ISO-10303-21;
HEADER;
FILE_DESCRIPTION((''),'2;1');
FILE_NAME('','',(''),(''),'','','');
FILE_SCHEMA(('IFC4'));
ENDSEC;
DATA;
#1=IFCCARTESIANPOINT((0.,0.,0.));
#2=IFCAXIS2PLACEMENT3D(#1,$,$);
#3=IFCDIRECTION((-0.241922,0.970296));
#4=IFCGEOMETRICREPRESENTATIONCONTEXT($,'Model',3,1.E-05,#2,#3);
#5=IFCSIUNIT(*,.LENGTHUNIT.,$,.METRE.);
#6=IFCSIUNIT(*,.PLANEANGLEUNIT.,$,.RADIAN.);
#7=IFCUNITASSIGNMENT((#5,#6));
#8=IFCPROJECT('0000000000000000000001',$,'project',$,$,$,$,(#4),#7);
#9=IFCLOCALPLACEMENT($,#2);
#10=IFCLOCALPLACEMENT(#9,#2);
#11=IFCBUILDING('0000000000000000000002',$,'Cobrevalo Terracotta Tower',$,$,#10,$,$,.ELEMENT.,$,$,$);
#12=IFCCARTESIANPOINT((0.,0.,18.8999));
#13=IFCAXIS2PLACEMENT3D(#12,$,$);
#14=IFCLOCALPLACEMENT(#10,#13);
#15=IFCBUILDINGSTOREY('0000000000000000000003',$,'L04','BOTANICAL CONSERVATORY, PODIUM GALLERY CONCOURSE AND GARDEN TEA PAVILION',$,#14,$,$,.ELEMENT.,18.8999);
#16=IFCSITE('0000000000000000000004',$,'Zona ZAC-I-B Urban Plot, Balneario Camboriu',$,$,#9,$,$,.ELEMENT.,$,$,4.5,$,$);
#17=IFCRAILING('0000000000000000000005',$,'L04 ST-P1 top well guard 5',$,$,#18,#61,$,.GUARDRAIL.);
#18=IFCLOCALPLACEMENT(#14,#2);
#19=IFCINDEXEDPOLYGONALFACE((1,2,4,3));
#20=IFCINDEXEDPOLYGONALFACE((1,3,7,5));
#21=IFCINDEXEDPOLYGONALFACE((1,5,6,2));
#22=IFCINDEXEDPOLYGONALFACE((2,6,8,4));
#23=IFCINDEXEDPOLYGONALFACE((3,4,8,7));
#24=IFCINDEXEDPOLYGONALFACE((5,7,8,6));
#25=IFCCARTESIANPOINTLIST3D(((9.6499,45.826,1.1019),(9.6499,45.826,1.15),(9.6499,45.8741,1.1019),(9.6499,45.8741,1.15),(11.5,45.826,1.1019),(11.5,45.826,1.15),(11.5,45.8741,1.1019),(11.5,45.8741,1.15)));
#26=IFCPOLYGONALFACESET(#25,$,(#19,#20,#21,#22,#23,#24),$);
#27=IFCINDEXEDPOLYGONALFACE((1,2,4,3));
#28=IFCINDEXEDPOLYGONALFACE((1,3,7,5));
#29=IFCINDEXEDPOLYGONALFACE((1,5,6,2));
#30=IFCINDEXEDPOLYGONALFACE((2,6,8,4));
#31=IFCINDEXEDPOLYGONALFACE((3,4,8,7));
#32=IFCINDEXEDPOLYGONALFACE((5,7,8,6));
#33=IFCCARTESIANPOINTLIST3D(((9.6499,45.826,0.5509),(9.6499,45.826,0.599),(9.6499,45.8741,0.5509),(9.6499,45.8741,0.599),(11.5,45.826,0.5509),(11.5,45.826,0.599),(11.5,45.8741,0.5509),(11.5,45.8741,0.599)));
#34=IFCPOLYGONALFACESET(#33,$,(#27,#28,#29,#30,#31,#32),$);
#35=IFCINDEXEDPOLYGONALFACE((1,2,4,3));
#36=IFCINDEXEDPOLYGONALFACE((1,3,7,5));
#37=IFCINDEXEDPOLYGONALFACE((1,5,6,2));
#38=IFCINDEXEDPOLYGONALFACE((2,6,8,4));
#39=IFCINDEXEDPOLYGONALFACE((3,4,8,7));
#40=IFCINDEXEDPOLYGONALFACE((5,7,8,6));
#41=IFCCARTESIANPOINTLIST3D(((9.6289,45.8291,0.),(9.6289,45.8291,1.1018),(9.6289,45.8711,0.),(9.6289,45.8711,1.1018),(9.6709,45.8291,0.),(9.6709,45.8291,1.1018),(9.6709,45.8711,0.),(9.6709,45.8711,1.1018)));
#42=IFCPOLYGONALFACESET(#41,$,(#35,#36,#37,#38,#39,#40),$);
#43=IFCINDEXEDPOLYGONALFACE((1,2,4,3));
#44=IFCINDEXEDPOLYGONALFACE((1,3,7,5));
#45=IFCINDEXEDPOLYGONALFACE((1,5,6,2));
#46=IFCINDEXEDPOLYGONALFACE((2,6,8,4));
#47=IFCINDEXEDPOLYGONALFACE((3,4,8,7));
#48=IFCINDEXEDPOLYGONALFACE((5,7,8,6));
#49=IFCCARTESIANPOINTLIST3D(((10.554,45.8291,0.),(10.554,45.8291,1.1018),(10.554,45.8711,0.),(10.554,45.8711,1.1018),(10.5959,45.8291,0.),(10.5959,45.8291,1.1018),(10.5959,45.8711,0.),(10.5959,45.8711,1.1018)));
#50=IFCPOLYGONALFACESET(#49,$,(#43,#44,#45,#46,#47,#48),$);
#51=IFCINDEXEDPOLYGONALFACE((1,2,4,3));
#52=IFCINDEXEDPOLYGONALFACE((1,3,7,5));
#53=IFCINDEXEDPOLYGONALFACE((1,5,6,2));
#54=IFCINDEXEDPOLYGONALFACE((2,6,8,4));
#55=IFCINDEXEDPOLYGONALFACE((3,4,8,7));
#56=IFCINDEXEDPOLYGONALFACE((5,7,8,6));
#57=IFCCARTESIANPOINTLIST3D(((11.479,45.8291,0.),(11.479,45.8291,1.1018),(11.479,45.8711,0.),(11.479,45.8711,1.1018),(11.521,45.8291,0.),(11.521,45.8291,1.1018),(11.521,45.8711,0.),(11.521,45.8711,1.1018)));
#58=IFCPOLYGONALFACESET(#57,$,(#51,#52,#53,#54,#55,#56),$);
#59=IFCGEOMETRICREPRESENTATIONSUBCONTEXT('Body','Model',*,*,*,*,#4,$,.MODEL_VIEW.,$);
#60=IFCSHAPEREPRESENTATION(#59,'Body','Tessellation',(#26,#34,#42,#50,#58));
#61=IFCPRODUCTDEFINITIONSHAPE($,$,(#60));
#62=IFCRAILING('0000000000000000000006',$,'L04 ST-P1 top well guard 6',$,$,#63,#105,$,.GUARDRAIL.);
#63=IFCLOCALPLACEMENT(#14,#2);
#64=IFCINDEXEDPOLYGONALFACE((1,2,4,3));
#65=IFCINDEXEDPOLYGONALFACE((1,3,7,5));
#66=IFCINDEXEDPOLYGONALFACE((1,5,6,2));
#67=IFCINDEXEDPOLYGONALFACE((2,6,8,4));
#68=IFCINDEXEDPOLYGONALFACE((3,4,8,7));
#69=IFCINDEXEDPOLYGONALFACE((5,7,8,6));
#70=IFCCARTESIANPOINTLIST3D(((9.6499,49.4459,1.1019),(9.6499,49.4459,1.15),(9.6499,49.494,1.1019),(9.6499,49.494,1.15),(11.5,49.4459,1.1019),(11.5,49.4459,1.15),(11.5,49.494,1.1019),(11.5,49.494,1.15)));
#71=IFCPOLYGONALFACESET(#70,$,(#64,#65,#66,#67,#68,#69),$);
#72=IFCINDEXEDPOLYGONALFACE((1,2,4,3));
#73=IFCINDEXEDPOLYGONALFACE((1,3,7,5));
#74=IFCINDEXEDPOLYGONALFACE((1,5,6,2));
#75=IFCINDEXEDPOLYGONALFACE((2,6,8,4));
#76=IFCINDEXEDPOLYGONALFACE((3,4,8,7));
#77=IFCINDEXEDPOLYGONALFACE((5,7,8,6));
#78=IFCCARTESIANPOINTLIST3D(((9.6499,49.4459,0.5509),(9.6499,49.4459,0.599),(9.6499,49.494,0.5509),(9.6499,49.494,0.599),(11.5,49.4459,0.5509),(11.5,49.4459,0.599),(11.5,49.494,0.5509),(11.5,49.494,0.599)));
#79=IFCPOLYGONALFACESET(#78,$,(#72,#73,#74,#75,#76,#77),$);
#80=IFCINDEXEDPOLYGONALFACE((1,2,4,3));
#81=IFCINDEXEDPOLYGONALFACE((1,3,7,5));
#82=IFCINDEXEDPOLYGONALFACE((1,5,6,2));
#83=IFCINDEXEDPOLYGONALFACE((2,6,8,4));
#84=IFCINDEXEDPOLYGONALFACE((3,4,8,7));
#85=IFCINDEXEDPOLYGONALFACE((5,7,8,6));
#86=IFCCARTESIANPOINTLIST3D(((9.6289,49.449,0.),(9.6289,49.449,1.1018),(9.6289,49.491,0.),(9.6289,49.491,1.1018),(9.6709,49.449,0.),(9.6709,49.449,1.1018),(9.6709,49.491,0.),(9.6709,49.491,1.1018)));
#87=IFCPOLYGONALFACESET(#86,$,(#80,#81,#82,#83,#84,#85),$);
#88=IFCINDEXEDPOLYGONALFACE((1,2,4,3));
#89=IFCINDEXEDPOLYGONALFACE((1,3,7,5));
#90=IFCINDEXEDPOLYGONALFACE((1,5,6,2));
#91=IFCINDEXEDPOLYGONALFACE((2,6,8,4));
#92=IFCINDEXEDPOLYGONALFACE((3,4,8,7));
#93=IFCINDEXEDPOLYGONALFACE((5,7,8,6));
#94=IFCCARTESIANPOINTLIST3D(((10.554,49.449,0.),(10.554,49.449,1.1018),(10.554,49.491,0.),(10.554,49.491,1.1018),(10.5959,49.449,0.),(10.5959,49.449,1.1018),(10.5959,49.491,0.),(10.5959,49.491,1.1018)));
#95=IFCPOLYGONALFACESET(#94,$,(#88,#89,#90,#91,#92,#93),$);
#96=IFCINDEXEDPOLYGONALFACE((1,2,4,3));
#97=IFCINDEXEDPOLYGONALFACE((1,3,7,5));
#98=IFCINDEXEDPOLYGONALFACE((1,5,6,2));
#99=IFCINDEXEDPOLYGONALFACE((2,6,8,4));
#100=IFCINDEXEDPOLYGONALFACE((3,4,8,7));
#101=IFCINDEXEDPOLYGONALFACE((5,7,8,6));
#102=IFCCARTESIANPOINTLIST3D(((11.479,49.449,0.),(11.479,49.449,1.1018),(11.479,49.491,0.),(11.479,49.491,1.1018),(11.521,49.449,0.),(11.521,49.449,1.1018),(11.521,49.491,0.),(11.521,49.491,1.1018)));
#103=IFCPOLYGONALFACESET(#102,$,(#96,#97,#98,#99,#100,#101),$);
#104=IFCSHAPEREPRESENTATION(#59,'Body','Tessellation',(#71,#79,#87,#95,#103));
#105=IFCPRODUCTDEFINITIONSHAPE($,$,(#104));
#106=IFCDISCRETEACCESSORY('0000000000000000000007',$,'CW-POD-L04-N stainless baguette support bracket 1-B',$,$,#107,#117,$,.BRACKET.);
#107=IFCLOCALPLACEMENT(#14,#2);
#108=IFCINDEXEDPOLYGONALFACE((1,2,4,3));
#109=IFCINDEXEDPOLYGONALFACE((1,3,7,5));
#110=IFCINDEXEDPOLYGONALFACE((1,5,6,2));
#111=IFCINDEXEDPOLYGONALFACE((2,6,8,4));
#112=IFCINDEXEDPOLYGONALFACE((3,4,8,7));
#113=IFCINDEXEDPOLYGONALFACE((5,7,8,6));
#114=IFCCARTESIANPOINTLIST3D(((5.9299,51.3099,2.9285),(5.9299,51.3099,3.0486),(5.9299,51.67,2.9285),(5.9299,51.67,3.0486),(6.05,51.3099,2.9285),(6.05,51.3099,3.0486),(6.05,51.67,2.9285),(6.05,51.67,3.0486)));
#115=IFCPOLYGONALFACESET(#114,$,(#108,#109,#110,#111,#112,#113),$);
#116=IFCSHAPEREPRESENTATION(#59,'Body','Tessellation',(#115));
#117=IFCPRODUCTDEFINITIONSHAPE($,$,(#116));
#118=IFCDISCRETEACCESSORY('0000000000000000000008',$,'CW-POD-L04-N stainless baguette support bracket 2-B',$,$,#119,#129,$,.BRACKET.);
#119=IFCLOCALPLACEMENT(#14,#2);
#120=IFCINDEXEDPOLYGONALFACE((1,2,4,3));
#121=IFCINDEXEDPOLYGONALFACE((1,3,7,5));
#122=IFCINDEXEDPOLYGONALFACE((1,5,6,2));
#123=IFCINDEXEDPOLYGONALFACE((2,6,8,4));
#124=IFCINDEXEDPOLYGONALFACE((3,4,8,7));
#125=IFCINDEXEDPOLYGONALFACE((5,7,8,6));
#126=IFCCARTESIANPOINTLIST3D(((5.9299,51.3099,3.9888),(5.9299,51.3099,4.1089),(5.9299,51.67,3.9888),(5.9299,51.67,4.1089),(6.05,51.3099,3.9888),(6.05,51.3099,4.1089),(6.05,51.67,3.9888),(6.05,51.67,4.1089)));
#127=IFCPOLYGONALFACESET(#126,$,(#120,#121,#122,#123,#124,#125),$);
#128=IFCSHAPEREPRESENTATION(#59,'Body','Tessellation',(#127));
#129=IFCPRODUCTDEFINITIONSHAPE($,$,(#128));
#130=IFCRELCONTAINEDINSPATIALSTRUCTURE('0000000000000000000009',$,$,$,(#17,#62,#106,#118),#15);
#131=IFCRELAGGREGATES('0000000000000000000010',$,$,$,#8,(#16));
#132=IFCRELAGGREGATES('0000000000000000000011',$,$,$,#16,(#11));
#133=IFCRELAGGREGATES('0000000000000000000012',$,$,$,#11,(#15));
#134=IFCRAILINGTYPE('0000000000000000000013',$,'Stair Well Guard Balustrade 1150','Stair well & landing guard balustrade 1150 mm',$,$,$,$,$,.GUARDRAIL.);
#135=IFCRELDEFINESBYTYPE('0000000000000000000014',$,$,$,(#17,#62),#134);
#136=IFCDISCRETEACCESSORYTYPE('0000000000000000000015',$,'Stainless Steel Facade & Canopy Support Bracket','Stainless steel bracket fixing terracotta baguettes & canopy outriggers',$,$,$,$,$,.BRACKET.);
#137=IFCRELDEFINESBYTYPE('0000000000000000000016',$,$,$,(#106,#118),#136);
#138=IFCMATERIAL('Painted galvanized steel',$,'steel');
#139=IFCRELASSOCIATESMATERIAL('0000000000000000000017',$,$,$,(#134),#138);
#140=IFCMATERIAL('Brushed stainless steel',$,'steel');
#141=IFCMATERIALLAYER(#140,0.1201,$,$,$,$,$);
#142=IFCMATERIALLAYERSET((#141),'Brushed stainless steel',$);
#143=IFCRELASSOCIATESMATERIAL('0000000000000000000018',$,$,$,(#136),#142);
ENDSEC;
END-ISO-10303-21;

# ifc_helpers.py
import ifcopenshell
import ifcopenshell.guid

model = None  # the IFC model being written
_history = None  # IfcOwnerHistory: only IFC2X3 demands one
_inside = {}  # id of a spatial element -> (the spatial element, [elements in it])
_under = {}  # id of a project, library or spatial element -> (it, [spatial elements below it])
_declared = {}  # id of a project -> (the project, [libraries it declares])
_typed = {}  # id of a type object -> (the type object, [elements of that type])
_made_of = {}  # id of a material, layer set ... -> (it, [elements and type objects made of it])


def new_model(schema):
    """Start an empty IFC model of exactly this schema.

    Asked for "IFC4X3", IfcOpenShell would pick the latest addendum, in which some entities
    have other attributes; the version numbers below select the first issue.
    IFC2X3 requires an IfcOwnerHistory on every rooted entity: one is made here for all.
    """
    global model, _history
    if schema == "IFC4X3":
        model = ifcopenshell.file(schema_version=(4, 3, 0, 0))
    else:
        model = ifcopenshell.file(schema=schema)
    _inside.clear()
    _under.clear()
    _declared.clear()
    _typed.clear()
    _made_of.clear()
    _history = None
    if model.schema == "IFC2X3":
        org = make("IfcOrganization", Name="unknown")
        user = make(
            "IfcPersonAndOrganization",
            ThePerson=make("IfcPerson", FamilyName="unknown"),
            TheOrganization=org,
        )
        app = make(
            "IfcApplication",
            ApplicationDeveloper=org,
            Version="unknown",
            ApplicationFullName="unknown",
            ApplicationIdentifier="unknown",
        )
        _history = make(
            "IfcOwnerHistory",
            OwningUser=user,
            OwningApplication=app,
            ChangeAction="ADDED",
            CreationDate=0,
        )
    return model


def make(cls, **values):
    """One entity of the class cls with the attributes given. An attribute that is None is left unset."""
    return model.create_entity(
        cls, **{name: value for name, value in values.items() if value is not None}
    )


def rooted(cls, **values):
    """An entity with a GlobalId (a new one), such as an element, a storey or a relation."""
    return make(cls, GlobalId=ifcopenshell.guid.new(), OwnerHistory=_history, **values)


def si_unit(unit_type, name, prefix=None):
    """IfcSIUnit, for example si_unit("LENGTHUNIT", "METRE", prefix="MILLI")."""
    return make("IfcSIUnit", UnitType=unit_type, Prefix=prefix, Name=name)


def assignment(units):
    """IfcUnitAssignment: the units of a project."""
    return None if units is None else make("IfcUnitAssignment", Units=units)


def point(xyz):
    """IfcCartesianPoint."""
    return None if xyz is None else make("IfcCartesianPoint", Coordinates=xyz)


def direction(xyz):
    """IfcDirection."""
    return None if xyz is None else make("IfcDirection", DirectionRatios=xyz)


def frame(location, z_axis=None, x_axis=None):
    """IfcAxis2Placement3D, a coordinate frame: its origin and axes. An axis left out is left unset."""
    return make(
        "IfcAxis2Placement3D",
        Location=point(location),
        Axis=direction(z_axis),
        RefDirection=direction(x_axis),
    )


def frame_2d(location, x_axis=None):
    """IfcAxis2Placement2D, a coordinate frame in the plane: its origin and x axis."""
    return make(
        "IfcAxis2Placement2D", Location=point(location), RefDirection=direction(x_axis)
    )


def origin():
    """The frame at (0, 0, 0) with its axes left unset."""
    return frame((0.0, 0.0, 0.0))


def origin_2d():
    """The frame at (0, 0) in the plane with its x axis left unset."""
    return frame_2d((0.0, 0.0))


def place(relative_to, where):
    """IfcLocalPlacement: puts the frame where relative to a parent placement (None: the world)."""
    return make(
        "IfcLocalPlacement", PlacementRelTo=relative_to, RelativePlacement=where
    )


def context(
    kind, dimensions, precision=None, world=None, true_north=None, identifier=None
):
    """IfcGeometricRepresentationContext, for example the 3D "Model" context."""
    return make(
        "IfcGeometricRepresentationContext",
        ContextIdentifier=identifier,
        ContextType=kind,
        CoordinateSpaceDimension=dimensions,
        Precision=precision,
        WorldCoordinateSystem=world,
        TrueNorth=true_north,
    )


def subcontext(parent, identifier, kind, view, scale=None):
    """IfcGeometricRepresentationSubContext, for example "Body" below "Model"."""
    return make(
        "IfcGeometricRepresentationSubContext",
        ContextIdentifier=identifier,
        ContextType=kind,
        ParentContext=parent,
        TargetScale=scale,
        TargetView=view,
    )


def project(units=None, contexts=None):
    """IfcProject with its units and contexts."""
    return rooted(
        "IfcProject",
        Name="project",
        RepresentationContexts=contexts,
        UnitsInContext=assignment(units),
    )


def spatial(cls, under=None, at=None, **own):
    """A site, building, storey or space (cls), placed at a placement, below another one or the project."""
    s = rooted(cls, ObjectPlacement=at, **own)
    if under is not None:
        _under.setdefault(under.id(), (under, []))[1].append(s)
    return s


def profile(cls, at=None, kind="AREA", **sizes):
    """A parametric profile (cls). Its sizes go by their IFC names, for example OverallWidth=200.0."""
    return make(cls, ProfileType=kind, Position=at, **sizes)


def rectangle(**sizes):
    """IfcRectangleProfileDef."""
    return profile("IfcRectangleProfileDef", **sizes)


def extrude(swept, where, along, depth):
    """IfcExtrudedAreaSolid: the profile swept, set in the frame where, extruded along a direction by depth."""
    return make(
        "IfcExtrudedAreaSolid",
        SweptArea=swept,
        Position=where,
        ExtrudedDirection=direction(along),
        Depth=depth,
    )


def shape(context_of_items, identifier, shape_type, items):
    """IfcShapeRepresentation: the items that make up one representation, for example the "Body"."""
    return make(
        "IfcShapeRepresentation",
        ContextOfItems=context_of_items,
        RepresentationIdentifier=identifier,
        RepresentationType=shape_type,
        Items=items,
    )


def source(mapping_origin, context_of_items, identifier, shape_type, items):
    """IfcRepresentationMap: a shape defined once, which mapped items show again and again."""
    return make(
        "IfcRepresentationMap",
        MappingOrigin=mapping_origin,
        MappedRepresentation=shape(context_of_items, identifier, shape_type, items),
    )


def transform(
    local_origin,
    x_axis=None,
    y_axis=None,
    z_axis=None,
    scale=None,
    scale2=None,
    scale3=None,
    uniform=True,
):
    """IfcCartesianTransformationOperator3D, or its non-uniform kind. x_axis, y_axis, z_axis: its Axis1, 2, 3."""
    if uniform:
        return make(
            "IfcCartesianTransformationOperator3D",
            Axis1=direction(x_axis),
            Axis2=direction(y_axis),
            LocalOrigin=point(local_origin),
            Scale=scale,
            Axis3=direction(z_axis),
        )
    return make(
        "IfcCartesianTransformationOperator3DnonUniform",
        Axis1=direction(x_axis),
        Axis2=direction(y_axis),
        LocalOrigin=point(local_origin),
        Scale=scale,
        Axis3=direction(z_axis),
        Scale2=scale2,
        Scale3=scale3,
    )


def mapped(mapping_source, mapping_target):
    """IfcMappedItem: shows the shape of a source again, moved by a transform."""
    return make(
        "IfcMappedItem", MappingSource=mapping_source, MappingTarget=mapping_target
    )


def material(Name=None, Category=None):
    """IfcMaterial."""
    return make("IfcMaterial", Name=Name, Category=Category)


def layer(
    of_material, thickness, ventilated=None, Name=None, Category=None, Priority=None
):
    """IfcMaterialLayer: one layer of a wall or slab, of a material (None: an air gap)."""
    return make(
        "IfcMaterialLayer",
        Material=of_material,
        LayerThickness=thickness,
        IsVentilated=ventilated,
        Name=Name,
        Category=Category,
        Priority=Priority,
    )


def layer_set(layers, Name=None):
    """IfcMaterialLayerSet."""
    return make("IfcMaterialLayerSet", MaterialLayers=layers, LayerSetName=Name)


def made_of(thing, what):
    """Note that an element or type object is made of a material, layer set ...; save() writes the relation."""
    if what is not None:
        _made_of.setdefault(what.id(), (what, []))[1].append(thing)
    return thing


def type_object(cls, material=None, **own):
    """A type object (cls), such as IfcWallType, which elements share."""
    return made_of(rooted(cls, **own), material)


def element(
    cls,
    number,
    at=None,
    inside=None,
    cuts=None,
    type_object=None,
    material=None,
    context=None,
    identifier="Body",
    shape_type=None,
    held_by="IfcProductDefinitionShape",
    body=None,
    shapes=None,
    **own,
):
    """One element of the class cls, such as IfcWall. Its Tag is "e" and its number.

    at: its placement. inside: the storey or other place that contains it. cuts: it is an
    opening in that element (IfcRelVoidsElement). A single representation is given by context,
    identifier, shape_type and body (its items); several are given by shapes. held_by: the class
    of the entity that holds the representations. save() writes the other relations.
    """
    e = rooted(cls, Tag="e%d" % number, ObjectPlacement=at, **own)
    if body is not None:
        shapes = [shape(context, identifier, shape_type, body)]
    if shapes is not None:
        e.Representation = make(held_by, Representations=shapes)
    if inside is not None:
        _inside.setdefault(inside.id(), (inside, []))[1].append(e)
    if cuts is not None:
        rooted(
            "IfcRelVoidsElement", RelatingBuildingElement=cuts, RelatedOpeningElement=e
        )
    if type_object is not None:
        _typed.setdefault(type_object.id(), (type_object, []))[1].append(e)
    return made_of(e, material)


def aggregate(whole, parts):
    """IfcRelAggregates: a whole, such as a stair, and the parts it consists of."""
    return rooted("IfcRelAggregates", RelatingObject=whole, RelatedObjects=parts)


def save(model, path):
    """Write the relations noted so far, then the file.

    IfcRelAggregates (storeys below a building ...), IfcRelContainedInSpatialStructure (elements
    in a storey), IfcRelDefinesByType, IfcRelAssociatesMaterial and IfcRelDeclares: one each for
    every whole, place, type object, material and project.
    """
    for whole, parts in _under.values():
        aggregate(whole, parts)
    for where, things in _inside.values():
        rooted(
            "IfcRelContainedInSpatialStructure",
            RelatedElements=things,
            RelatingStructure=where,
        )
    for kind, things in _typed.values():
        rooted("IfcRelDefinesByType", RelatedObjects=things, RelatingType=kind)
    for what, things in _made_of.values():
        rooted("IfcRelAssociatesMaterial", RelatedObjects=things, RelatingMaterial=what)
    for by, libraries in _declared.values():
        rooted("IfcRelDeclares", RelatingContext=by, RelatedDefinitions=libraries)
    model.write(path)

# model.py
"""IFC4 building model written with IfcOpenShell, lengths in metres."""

from ifc_helpers import new_model, si_unit, direction, frame, origin, origin_2d, place, context, subcontext, project, spatial, rectangle, extrude, source, transform, mapped, material, layer, layer_set, type_object, element, save


model = new_model("IFC4")

# Units and contexts
model_context = context("Model", 3, precision=1e-05, world=origin(), true_north=direction((-0.241922, 0.970296)))
body_context = subcontext(model_context, "Body", "Model", "MODEL_VIEW")
ifc_project = project(units=[si_unit("LENGTHUNIT", "METRE"), si_unit("PLANEANGLEUNIT", "RADIAN")], contexts=[model_context])

# Site, building, storey
site_placement = place(None, origin())
site = spatial("IfcSite", under=ifc_project, at=site_placement, Name="Zona ZAC-I-B Urban Plot, Balneario Camboriu", CompositionType="ELEMENT", RefElevation=4.5)
building_placement = place(site_placement, origin())
building = spatial("IfcBuilding", under=site, at=building_placement, Name="Cobrevalo Terracotta Tower", CompositionType="ELEMENT")
storey_placement = place(building_placement, frame((0.0, 0.0, 18.8999)))
storey = spatial("IfcBuildingStorey", under=building, at=storey_placement, Name="L04", Description="BOTANICAL CONSERVATORY, PODIUM GALLERY CONCOURSE AND GARDEN TEA PAVILION", CompositionType="ELEMENT", Elevation=18.8999)

# Railings
ifc_material_1 = material(Name="Painted galvanized steel", Category="steel")
railing_type = type_object("IfcRailingType", Name="Stair Well Guard Balustrade 1150", Description="Stair well & landing guard balustrade 1150 mm", PredefinedType="GUARDRAIL", material=ifc_material_1)
for number, where, name in (
    (1, (9.6499, 45.8501, 0.0), "L04 ST-P1 top well guard 5"),
    (2, (9.6499, 49.47, 0.0), "L04 ST-P1 top well guard 6"),
):
    element("IfcRailing", number, at=place(storey_placement, frame(where)), inside=storey, type_object=railing_type, Name=name, PredefinedType="GUARDRAIL", context=body_context, shape_type="SweptSolid", body=[
        extrude(rectangle(XDim=0.0481, YDim=0.0481, at=origin_2d()), frame((0.0, 0.0, 1.126), z_axis=(1.0, 0.0, 0.0), x_axis=(0.0, 1.0, 0.0)), (0.0, 0.0, 1.0), 1.8501),
        extrude(rectangle(XDim=0.0481, YDim=0.0481, at=origin_2d()), frame((0.0, 0.0, 0.575), z_axis=(1.0, 0.0, 0.0), x_axis=(0.0, 1.0, 0.0)), (0.0, 0.0, 1.0), 1.8501),
        extrude(rectangle(XDim=0.042, YDim=0.042, at=origin_2d()), origin(), (0.0, 0.0, 1.0), 1.1018),
        extrude(rectangle(XDim=0.042, YDim=0.042, at=origin_2d()), frame((0.925, 0.0, 0.0)), (0.0, 0.0, 1.0), 1.1018),
        extrude(rectangle(XDim=0.042, YDim=0.042, at=origin_2d()), frame((1.8501, 0.0, 0.0)), (0.0, 0.0, 1.0), 1.1018),
    ])

# Discrete accessories
ifc_material_2 = material(Name="Brushed stainless steel", Category="steel")
ifc_layer_1 = layer(ifc_material_2, 0.1201)
ifc_layer_set_1 = layer_set([ifc_layer_1], Name="Brushed stainless steel")
discrete_accessory_type = type_object("IfcDiscreteAccessoryType", Name="Stainless Steel Facade & Canopy Support Bracket", Description="Stainless steel bracket fixing terracotta baguettes & canopy outriggers", PredefinedType="BRACKET", material=ifc_layer_set_1)
shared_shape_1 = source(origin(), body_context, "Body", "SweptSolid", [
    extrude(rectangle(XDim=0.1201, YDim=0.3601, at=origin_2d()), origin(), (0.0, 0.0, 1.0), 0.1201),
])
for number, where, z_axis, x_axis, name in (
    (3, (5.99, 51.49, 2.9285), (0.0, 0.0, 1.0), (-1.0, 0.0, 0.0), "CW-POD-L04-N stainless baguette support bracket 1-B"),
    (4, (5.99, 51.49, 3.9888), (0.0, 0.0, 1.0), (-1.0, 0.0, 0.0), "CW-POD-L04-N stainless baguette support bracket 2-B"),
):
    element("IfcDiscreteAccessory", number, at=place(storey_placement, frame(where, z_axis=z_axis, x_axis=x_axis)), inside=storey, type_object=discrete_accessory_type, Name=name, PredefinedType="BRACKET", context=body_context, shape_type="MappedRepresentation", body=[
        mapped(shared_shape_1, transform((0.0, 0.0, 0.0), scale=1.0)),
    ])

save(model, "model.ifc")
